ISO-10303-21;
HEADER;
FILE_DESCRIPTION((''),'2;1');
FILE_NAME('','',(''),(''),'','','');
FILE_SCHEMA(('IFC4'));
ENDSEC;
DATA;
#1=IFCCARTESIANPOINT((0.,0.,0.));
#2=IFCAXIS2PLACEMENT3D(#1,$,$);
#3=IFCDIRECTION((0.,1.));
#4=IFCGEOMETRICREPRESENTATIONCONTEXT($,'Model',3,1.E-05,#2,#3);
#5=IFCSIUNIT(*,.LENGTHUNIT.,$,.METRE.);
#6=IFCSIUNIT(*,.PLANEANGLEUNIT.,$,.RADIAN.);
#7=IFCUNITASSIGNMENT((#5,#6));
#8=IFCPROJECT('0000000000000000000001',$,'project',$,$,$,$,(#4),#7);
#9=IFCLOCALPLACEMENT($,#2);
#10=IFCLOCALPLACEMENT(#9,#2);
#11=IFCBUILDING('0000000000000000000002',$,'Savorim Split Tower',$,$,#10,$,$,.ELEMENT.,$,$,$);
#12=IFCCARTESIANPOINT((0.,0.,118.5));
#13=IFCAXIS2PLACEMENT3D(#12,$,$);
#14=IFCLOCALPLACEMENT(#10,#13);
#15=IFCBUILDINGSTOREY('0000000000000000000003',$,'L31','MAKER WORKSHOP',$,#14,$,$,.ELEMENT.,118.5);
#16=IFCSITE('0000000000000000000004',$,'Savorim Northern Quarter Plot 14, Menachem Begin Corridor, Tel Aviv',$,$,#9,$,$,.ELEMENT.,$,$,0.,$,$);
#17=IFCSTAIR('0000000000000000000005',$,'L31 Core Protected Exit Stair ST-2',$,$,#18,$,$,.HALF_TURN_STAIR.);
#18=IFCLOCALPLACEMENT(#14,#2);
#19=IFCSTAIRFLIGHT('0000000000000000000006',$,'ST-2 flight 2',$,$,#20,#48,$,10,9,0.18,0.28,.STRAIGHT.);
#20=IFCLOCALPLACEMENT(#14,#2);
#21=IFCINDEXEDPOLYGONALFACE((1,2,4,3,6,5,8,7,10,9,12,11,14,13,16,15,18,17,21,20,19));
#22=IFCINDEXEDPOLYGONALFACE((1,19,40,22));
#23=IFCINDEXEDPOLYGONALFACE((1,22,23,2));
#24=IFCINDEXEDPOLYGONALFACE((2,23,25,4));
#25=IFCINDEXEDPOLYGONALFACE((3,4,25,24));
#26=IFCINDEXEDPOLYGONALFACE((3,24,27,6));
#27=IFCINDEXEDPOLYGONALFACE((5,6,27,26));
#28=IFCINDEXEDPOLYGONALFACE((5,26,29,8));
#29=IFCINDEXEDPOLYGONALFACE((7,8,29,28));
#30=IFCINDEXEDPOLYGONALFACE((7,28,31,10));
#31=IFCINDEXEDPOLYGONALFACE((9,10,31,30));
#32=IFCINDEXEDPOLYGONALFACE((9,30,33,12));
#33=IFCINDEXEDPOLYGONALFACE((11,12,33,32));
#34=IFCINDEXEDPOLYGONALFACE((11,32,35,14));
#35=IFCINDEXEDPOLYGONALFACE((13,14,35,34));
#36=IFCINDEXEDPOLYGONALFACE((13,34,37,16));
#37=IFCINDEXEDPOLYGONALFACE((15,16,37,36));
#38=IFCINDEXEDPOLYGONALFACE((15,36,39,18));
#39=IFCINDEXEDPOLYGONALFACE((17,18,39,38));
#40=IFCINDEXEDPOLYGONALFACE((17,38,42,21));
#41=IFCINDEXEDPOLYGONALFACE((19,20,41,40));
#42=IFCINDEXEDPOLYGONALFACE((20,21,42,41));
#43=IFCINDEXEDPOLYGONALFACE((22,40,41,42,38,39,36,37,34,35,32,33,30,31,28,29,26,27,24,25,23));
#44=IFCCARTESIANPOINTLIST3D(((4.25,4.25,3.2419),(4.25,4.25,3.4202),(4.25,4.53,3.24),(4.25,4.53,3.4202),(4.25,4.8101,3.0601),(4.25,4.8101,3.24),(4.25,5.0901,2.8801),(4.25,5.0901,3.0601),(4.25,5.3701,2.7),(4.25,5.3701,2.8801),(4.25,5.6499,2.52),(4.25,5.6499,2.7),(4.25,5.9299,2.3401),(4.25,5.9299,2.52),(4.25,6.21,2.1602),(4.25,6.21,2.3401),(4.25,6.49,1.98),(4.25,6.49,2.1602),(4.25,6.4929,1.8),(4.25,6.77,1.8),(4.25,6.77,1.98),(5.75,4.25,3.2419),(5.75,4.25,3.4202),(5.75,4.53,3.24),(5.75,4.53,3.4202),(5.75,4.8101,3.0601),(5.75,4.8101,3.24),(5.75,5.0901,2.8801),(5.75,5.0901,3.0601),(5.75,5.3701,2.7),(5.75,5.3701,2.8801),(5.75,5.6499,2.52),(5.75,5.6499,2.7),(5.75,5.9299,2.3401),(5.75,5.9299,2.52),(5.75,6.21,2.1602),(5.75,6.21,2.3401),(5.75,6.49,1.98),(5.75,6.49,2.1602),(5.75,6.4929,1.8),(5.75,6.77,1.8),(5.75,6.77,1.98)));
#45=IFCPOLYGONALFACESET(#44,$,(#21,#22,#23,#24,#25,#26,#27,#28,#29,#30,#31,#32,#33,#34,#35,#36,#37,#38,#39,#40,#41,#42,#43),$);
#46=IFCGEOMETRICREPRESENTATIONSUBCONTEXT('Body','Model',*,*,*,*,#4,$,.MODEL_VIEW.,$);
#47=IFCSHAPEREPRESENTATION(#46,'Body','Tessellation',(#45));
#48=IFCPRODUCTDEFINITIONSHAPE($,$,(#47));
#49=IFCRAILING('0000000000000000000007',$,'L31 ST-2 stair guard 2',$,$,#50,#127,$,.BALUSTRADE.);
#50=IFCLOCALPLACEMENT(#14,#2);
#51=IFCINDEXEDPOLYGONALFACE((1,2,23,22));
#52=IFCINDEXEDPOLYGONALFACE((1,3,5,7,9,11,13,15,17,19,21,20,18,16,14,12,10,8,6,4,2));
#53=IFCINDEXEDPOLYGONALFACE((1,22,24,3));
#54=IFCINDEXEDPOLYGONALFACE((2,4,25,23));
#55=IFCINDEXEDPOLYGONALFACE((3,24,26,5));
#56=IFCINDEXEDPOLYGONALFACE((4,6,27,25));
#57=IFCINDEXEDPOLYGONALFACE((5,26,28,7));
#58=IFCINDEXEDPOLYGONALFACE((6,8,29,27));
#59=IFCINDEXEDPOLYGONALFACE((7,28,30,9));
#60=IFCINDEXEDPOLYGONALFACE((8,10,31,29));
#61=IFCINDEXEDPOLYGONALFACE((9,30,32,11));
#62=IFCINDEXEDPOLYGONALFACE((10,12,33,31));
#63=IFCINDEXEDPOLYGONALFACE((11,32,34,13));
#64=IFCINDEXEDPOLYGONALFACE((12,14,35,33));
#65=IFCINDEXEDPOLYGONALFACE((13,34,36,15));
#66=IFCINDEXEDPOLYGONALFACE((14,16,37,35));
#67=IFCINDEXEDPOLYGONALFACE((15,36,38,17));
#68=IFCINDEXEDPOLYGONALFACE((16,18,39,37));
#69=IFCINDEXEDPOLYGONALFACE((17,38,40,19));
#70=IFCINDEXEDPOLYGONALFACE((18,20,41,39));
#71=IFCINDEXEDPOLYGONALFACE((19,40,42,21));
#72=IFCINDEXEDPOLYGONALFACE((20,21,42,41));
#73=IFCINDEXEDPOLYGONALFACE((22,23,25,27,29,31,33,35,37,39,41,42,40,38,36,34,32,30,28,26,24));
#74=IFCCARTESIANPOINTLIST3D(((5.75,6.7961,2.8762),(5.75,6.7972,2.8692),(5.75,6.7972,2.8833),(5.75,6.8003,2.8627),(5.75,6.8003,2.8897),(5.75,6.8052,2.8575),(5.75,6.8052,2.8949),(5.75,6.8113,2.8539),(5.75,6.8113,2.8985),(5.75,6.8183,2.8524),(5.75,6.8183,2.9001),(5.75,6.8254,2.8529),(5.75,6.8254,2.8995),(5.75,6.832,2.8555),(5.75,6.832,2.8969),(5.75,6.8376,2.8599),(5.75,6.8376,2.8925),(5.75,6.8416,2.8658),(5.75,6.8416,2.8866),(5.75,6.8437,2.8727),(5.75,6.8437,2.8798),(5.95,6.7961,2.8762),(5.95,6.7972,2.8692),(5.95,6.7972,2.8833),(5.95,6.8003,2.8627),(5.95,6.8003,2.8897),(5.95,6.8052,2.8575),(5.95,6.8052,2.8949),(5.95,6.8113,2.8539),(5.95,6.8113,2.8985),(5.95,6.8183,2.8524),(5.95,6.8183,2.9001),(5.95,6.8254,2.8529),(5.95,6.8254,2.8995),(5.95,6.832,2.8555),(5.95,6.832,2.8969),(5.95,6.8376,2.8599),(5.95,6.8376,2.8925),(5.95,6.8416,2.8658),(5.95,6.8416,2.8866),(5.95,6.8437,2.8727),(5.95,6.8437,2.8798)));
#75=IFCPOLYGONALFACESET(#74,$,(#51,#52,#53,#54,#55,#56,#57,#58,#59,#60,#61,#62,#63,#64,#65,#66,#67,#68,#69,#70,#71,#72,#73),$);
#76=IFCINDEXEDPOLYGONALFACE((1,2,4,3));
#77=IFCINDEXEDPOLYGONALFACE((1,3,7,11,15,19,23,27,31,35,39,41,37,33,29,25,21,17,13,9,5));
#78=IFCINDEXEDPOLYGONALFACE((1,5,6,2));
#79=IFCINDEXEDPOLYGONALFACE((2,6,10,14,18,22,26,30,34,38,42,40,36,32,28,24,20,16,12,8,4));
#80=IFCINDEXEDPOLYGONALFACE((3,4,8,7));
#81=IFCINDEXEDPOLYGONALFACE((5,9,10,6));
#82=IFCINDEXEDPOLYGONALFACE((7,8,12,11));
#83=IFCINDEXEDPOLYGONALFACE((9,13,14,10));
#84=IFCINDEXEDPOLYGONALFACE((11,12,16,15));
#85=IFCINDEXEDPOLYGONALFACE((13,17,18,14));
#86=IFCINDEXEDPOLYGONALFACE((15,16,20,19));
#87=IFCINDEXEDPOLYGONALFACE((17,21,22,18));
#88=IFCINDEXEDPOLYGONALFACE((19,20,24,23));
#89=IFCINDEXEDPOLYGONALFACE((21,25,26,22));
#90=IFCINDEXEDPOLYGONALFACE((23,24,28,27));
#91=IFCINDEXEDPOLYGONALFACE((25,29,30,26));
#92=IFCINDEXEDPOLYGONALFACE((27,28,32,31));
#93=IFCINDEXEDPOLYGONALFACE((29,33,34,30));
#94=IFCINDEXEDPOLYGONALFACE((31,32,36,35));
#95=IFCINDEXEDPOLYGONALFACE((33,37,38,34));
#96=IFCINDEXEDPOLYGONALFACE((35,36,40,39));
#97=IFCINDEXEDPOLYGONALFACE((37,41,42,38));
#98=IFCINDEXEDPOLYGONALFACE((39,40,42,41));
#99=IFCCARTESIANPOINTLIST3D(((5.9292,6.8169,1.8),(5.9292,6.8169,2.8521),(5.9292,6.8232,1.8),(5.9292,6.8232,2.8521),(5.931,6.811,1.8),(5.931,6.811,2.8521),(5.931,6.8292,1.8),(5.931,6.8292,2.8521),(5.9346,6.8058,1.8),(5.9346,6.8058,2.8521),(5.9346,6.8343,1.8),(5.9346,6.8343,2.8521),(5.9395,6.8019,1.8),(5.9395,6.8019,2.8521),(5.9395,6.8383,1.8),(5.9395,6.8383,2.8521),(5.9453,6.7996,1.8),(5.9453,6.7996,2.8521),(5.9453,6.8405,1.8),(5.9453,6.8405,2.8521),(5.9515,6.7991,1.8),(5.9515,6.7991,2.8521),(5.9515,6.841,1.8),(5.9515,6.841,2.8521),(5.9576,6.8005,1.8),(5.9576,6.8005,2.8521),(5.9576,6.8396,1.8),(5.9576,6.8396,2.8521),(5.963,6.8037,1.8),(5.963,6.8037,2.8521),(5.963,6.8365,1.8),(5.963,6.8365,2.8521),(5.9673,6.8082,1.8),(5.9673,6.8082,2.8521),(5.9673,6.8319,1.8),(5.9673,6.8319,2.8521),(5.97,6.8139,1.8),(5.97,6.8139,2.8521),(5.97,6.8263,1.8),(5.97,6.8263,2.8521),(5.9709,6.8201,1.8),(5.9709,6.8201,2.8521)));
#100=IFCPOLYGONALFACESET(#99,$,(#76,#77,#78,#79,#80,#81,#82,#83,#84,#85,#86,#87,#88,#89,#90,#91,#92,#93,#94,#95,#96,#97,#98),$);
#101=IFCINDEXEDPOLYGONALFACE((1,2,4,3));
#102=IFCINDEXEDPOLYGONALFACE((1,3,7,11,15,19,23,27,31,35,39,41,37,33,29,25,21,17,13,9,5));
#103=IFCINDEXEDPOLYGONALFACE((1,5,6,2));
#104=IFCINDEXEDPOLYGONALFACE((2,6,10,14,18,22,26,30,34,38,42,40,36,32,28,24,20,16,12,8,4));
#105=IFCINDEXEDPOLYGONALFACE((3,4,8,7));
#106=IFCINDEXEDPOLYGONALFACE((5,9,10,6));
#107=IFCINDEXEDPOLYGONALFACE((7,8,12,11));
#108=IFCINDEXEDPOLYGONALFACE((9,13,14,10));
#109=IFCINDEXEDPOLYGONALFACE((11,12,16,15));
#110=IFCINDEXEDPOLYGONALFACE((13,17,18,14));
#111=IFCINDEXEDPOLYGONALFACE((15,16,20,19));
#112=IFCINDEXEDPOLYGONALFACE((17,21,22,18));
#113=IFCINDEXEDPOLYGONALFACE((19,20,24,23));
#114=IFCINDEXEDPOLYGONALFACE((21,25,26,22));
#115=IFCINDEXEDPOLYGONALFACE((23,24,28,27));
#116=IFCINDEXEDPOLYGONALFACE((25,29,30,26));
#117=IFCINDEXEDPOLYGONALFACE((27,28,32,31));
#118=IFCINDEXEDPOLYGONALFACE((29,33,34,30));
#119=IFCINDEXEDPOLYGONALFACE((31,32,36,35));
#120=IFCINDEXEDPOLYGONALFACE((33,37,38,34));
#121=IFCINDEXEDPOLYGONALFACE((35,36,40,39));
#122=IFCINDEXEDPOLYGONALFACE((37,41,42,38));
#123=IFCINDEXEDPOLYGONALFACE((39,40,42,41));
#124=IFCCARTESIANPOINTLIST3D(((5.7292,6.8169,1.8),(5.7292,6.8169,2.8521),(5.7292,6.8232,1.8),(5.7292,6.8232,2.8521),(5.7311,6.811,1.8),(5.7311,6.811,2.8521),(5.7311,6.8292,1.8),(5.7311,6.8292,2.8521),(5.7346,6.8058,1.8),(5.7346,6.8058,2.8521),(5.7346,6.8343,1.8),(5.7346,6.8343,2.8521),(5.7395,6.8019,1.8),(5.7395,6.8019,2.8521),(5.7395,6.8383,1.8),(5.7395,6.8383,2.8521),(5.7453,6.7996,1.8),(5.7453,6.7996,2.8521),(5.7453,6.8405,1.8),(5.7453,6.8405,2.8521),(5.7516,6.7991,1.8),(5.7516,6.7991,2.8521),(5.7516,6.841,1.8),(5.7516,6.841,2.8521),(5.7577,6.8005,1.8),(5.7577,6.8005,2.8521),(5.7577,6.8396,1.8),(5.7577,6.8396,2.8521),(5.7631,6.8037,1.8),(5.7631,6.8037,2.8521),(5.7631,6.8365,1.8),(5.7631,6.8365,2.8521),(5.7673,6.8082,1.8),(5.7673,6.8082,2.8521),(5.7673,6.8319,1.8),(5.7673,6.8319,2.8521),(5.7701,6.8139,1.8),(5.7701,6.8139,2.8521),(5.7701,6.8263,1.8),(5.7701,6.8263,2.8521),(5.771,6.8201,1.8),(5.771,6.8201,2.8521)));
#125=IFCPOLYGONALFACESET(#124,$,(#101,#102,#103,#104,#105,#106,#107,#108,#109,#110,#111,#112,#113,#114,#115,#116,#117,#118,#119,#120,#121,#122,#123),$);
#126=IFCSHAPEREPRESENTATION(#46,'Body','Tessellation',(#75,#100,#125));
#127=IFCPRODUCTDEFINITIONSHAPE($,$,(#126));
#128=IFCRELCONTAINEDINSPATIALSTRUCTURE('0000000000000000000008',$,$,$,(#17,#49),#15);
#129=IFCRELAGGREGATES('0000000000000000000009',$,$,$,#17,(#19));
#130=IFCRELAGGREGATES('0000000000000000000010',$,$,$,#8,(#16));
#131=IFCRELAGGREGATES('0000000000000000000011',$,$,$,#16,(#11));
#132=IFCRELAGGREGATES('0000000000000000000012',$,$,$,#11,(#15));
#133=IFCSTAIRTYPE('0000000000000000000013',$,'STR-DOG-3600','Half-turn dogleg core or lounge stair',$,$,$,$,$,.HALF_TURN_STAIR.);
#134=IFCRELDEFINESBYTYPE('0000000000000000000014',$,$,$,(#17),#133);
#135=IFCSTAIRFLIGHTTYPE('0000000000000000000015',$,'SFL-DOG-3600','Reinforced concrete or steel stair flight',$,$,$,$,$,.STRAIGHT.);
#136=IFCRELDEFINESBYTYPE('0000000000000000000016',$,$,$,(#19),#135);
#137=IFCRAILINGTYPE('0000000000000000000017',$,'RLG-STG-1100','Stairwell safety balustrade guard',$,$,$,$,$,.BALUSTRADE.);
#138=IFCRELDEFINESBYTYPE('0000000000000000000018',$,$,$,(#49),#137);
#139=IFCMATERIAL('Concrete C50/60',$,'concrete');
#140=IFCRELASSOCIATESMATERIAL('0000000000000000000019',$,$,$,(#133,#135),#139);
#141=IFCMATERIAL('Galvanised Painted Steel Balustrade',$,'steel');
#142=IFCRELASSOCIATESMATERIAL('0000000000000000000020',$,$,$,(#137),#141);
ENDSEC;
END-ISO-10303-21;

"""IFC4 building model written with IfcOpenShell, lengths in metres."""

from ifc_helpers import new_model, si_unit, direction, frame, origin, origin_2d, place, context, subcontext, project, spatial, polyline, circle, outline, extrude, material, type_object, element, aggregate, save


model = new_model("IFC4")

# Units and contexts
model_context = context("Model", 3, precision=1e-05, world=origin(), true_north=direction((0.0, 1.0)))
body_context = subcontext(model_context, "Body", "Model", "MODEL_VIEW")
ifc_project = project(units=[si_unit("LENGTHUNIT", "METRE"), si_unit("PLANEANGLEUNIT", "RADIAN")], contexts=[model_context])

# Site, building, storey
site_placement = place(None, origin())
site = spatial("IfcSite", under=ifc_project, at=site_placement, Name="Savorim Northern Quarter Plot 14, Menachem Begin Corridor, Tel Aviv", CompositionType="ELEMENT", RefElevation=0.0)
building_placement = place(site_placement, origin())
building = spatial("IfcBuilding", under=site, at=building_placement, Name="Savorim Split Tower", CompositionType="ELEMENT")
storey_placement = place(building_placement, frame((0.0, 0.0, 118.5)))
storey = spatial("IfcBuildingStorey", under=building, at=storey_placement, Name="L31", Description="MAKER WORKSHOP", CompositionType="ELEMENT", Elevation=118.5)

# Stair, stair flight
ifc_material_1 = material(Name="Concrete C50/60", Category="concrete")
stair_type = type_object("IfcStairType", Name="STR-DOG-3600", Description="Half-turn dogleg core or lounge stair", PredefinedType="HALF_TURN_STAIR", material=ifc_material_1)
stair_placement = place(storey_placement, origin())
stair = element("IfcStair", 1, at=stair_placement, inside=storey, type_object=stair_type, Name="L31 Core Protected Exit Stair ST-2", PredefinedType="HALF_TURN_STAIR")
stair_flight_type = type_object("IfcStairFlightType", Name="SFL-DOG-3600", Description="Reinforced concrete or steel stair flight", PredefinedType="STRAIGHT", material=ifc_material_1)
stair_flight_placement = place(storey_placement, frame((5.0, 6.77, 1.8), z_axis=(0.0, 0.0, 1.0), x_axis=(0.0, -1.0, 0.0)))
stair_flight = element("IfcStairFlight", 2, at=stair_flight_placement, type_object=stair_flight_type, Name="ST-2 flight 2", NumberOfRisers=10, NumberOfTreads=9, PredefinedType="STRAIGHT", RiserHeight=0.18, TreadLength=0.28, context=body_context, shape_type="SweptSolid", body=[
    extrude(outline(polyline([(0.0, 0.0), (0.0, 0.1799), (0.28, 0.1799), (0.28, 0.3601), (0.5601, 0.3601), (0.5601, 0.54), (0.8401, 0.54), (0.8401, 0.72), (1.1201, 0.72), (1.1201, 0.8999), (1.3999, 0.8999), (1.3999, 1.0801), (1.6799, 1.0801), (1.6799, 1.26), (1.96, 1.26), (1.96, 1.4399), (2.24, 1.4399), (2.24, 1.6201), (2.52, 1.6201), (2.52, 1.8), (2.52, 1.4419), (0.2771, 0.0), (0.0, 0.0)])), frame((0.0, 0.75, 0.0), z_axis=(0.0, -1.0, 0.0), x_axis=(1.0, 0.0, 0.0)), (0.0, 0.0, 1.0), 1.5),
])
aggregate(stair, [stair_flight])

# Railing
ifc_material_2 = material(Name="Galvanised Painted Steel Balustrade", Category="steel")
railing_type = type_object("IfcRailingType", Name="RLG-STG-1100", Description="Stairwell safety balustrade guard", PredefinedType="BALUSTRADE", material=ifc_material_2)
railing_1_placement = place(storey_placement, frame((5.95, 6.8201, 1.8)))
element("IfcRailing", 3, at=railing_1_placement, inside=storey, type_object=railing_type, Name="L31 ST-2 stair guard 2", PredefinedType="BALUSTRADE", context=body_context, shape_type="SweptSolid", body=[
    extrude(circle(Radius=0.0239, at=origin_2d()), frame((0.0, 0.0, 1.0762), z_axis=(-1.0, 0.0, 0.0), x_axis=(0.0, -1.0, 0.0)), (0.0, 0.0, 1.0), 0.2),
    extrude(circle(Radius=0.021, at=origin_2d()), origin(), (0.0, 0.0, 1.0), 1.052),
    extrude(circle(Radius=0.021, at=origin_2d()), frame((-0.2, 0.0, 0.0)), (0.0, 0.0, 1.0), 1.052),
])

save(model, "model.ifc")
